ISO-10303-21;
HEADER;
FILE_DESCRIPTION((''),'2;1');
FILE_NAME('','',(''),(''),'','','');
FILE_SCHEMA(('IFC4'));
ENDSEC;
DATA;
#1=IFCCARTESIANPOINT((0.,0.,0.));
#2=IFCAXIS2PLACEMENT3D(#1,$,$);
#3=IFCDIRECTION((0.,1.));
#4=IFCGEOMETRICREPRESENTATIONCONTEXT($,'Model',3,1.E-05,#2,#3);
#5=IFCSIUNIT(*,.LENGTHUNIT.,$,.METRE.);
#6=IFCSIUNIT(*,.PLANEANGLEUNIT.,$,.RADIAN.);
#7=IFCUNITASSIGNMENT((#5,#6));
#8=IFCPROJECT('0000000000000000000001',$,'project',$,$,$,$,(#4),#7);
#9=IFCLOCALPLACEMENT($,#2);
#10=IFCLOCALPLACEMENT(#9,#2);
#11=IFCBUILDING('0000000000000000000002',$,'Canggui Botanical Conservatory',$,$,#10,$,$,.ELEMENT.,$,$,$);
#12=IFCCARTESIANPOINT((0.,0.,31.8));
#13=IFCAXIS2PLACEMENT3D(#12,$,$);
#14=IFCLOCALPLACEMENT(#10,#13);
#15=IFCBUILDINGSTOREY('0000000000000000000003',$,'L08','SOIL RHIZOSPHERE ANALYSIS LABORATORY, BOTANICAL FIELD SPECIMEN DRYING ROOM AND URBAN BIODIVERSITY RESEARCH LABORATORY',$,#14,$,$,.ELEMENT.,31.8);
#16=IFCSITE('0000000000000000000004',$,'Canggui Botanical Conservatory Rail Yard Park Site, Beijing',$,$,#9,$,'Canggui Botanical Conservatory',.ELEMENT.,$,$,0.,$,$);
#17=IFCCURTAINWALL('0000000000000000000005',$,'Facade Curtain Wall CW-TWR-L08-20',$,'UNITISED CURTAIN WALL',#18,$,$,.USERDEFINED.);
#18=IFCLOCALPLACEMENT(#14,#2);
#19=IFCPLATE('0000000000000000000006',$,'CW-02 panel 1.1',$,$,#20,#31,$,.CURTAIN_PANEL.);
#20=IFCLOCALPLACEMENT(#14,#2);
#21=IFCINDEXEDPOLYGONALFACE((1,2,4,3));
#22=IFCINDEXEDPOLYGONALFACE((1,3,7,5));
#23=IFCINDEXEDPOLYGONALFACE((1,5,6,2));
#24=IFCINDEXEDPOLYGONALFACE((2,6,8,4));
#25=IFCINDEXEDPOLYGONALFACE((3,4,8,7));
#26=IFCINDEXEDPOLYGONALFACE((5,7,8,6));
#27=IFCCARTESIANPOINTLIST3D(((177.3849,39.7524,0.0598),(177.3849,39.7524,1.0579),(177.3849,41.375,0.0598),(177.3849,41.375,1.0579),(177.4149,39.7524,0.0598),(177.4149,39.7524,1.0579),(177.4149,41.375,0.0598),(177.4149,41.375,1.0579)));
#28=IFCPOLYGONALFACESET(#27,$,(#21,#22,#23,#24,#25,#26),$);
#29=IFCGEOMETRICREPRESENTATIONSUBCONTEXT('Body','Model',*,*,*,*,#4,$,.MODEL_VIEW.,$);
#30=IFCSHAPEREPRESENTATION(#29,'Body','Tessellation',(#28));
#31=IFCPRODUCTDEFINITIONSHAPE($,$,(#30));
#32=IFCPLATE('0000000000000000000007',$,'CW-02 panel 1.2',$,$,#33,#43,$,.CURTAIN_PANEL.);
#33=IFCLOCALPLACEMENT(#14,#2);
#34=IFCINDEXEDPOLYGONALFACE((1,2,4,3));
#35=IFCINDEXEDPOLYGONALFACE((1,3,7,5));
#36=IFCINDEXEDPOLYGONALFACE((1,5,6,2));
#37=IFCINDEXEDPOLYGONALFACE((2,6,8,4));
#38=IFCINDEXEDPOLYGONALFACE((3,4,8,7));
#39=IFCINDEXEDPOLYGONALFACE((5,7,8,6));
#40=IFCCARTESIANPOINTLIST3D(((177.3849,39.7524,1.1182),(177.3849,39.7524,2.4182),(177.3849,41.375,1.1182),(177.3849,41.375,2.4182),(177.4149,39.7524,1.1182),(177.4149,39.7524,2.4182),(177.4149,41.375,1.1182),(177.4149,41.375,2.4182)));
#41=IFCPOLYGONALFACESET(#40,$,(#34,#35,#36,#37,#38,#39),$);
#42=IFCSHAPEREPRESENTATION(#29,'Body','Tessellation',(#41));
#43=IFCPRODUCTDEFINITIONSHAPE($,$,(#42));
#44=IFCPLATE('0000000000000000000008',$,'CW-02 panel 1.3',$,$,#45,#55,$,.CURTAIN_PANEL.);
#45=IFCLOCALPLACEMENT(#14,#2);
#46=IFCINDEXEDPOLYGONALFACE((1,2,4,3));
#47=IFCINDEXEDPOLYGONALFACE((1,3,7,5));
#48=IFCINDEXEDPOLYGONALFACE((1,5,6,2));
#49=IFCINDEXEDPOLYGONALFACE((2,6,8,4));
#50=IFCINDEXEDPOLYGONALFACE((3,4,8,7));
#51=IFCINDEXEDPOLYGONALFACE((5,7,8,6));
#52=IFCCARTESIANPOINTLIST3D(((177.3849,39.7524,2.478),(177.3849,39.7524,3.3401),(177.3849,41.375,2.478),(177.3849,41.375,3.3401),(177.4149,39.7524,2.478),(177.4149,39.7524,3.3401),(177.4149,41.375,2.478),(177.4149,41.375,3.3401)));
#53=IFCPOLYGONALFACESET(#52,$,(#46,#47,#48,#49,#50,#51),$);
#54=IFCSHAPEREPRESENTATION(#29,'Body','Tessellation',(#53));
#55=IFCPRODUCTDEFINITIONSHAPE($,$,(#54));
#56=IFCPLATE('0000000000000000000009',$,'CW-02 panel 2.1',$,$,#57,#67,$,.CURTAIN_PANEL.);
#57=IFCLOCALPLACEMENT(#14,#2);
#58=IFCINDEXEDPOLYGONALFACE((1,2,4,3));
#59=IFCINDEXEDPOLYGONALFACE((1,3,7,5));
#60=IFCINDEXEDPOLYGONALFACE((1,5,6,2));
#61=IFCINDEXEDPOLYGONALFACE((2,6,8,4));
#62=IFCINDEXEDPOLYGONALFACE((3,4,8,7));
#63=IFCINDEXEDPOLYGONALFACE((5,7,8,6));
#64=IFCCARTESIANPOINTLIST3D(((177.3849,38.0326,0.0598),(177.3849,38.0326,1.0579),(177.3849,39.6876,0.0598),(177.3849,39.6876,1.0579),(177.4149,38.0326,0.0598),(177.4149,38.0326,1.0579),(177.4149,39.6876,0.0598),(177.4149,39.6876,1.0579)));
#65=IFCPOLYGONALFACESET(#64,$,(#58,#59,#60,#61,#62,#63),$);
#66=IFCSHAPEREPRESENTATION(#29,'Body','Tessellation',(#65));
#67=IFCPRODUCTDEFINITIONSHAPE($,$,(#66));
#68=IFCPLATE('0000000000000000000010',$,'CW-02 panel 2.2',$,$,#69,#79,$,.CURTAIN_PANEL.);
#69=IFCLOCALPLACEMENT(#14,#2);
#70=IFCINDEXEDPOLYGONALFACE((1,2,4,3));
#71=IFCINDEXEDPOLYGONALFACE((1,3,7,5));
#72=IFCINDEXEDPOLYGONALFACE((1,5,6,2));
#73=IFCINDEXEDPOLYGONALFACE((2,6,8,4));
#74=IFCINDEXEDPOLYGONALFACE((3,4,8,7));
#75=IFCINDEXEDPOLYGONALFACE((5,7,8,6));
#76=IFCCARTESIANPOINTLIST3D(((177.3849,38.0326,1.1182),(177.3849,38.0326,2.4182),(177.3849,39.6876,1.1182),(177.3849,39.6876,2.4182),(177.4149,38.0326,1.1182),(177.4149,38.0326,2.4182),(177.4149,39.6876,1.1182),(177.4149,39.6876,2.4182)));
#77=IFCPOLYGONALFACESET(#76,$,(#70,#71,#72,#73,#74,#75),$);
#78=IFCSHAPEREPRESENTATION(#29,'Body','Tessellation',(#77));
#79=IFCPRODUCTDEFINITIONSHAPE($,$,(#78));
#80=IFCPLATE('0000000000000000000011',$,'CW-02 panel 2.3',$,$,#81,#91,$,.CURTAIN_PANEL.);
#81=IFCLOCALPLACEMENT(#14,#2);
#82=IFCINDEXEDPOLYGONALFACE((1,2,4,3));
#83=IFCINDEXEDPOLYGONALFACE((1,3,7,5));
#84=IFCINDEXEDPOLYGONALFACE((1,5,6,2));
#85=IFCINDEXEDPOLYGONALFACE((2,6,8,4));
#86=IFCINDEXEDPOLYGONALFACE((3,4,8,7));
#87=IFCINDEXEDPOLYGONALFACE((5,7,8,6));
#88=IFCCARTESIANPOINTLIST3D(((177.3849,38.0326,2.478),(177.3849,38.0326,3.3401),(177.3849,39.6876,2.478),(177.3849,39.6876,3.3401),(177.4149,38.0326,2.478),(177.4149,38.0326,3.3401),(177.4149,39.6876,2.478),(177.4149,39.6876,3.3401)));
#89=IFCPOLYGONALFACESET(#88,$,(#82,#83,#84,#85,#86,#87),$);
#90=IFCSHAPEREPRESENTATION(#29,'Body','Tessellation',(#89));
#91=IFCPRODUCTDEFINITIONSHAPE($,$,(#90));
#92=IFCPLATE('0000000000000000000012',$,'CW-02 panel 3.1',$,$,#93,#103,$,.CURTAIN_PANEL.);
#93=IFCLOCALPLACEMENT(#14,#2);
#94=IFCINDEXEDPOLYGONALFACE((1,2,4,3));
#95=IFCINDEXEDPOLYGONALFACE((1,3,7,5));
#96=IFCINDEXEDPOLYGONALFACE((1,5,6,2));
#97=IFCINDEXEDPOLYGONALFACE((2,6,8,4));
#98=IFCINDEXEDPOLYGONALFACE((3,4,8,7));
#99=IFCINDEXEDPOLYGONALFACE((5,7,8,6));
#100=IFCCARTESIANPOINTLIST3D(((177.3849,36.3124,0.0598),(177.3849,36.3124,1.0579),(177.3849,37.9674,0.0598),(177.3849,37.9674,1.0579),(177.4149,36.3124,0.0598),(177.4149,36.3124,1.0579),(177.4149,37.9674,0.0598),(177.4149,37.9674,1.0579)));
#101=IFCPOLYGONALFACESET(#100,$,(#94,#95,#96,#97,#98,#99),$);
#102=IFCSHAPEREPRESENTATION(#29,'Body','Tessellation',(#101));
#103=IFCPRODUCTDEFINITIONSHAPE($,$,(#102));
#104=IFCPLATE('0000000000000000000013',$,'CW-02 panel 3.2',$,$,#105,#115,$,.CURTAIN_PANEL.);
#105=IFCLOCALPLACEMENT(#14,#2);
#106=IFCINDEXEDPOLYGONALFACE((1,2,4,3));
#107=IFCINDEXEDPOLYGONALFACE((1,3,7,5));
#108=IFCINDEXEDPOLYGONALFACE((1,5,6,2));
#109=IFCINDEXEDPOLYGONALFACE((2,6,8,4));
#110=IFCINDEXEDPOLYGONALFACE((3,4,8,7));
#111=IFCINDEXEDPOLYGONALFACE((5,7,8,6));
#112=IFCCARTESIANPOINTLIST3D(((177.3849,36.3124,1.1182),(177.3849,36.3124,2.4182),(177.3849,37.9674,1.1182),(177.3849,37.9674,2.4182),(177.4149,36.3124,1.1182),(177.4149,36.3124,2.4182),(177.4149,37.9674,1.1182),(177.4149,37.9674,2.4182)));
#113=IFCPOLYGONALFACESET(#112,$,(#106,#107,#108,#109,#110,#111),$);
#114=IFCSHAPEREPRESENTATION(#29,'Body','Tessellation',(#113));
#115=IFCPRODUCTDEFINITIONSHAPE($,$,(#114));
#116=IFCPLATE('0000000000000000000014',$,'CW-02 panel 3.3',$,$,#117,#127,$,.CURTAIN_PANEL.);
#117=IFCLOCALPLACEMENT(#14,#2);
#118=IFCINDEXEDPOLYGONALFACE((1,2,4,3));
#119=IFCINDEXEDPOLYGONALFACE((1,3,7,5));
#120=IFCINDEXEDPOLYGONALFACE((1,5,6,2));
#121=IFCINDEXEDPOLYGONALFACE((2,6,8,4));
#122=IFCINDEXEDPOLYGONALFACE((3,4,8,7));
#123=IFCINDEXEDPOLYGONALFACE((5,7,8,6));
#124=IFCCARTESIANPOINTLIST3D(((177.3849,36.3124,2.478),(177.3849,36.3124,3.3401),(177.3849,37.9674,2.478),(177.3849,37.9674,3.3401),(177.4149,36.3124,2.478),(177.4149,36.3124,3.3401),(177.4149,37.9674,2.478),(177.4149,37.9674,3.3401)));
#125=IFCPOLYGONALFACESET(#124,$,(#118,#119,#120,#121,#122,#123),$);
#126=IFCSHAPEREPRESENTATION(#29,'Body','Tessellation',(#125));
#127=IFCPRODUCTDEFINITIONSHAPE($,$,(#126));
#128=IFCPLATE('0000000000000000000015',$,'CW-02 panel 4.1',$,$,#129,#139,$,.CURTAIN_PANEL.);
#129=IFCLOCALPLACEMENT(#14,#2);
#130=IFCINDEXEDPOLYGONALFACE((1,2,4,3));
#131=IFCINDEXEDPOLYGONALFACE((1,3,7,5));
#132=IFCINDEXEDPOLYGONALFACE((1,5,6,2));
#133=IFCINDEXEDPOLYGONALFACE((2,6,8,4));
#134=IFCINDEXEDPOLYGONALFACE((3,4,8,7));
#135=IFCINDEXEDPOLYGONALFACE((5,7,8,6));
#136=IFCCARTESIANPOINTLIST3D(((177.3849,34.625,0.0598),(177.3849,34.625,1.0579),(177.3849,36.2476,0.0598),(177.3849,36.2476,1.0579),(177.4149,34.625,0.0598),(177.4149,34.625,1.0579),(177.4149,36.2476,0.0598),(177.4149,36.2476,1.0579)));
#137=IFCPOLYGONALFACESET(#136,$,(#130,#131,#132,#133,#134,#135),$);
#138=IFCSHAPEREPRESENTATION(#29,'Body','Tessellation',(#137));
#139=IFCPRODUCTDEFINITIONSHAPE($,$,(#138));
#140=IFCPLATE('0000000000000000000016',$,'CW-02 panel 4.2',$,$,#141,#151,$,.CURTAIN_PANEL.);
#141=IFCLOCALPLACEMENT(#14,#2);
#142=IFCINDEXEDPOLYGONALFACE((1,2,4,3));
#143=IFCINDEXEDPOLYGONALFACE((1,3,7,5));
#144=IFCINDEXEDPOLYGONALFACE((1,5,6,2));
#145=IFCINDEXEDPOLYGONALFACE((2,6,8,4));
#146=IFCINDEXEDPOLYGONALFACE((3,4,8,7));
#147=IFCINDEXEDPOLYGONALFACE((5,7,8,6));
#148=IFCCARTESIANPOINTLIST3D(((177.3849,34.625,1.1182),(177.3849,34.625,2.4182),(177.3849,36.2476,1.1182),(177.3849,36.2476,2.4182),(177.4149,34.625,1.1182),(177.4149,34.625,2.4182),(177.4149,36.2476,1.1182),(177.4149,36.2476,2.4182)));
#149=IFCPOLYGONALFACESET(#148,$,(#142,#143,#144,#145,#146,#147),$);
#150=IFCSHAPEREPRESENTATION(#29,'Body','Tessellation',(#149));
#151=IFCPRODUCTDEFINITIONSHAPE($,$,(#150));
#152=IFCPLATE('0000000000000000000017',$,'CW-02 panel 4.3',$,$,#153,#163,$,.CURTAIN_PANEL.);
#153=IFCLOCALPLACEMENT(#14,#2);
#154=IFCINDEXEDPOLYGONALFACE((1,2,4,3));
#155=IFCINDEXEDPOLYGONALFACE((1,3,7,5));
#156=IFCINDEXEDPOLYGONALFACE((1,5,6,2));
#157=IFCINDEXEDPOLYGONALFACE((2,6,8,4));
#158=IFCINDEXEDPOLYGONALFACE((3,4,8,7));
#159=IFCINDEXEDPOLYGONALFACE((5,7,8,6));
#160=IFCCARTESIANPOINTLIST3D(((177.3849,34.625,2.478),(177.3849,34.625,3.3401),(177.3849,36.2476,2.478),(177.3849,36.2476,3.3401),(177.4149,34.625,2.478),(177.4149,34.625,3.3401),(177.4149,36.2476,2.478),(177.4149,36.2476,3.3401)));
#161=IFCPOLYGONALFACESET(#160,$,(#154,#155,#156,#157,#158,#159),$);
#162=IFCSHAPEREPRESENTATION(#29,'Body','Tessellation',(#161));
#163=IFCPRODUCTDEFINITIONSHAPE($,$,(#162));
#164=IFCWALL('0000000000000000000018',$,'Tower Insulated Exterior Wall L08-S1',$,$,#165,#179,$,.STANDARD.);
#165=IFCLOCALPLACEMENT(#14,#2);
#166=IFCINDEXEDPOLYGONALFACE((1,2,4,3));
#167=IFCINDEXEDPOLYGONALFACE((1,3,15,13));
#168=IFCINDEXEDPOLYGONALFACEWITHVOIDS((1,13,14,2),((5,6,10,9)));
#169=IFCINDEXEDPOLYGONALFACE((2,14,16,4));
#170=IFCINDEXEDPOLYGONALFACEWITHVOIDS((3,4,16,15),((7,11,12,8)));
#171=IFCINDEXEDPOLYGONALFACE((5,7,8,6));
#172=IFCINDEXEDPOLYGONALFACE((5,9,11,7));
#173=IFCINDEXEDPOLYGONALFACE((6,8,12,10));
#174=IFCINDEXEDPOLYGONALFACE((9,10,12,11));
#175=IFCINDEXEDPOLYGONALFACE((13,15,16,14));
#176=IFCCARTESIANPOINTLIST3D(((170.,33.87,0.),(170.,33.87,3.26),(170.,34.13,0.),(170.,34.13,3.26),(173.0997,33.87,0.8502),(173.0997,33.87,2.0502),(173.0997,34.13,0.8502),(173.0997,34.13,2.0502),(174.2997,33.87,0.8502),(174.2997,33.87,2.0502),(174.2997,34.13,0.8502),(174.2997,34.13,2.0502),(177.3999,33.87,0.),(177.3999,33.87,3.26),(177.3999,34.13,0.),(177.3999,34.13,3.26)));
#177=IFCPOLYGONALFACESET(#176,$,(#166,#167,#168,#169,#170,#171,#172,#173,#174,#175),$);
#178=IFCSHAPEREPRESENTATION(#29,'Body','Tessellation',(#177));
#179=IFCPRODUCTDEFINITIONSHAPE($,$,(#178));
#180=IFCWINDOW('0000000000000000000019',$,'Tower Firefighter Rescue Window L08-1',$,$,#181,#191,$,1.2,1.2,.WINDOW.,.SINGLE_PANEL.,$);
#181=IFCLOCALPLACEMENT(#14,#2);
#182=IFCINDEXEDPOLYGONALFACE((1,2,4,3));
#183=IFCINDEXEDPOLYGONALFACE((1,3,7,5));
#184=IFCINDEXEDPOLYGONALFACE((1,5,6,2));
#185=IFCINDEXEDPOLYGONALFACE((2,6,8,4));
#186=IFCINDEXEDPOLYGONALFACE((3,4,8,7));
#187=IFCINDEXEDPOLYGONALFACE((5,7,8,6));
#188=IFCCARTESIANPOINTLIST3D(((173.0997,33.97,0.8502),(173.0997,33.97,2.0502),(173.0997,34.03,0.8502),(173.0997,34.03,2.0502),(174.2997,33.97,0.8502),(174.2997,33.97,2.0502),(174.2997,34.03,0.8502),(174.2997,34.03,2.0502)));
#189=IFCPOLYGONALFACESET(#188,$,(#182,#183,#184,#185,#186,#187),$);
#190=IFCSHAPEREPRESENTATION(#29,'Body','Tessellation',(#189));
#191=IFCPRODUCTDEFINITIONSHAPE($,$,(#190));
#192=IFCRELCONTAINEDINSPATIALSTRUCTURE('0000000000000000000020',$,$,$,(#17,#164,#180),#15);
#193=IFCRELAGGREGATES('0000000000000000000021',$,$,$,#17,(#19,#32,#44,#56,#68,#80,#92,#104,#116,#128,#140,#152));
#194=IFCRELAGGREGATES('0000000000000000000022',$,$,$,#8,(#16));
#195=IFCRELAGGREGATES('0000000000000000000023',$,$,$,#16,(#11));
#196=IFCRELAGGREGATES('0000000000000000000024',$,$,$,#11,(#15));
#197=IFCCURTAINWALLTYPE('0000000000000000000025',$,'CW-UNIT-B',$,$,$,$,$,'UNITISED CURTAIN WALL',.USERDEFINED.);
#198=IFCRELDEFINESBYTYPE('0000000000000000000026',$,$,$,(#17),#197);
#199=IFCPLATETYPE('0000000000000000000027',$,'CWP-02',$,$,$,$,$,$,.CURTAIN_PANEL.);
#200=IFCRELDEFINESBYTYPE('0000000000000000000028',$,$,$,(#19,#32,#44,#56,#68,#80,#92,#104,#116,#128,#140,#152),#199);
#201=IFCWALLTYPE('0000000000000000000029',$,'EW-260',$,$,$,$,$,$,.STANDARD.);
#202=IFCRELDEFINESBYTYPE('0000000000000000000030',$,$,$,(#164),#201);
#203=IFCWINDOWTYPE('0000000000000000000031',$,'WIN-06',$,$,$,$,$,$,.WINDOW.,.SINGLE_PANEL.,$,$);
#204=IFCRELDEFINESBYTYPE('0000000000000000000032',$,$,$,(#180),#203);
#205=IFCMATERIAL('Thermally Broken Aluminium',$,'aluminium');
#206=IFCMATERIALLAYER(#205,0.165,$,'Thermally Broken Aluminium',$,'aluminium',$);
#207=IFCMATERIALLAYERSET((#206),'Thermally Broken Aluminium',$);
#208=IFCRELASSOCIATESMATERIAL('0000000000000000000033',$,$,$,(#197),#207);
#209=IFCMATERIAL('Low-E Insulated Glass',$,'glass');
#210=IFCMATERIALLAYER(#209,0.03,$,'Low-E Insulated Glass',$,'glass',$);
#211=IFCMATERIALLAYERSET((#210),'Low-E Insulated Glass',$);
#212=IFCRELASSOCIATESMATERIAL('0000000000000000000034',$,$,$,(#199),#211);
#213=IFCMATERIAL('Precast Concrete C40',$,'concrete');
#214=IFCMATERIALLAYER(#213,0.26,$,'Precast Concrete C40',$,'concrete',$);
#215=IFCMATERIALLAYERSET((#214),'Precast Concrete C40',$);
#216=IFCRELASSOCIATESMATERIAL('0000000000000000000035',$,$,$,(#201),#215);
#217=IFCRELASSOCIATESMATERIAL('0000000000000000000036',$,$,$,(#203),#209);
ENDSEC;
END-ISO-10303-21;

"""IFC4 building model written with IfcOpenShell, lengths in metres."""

from ifc_helpers import new_model, si_unit, direction, frame, frame_2d, origin, origin_2d, place, context, subcontext, project, spatial, rectangle, extrude, material, layer, layer_set, type_object, element, fill, aggregate, save


model = new_model("IFC4")

# Units and contexts
model_context = context("Model", 3, precision=1e-05, world=origin(), true_north=direction((0.0, 1.0)))
body_context = subcontext(model_context, "Body", "Model", "MODEL_VIEW")
ifc_project = project(units=[si_unit("LENGTHUNIT", "METRE"), si_unit("PLANEANGLEUNIT", "RADIAN")], contexts=[model_context])

# Site, building, storey
site_placement = place(None, origin())
site = spatial("IfcSite", under=ifc_project, at=site_placement, Name="Canggui Botanical Conservatory Rail Yard Park Site, Beijing", LongName="Canggui Botanical Conservatory", CompositionType="ELEMENT", RefElevation=0.0)
building_placement = place(site_placement, origin())
building = spatial("IfcBuilding", under=site, at=building_placement, Name="Canggui Botanical Conservatory", CompositionType="ELEMENT")
storey_placement = place(building_placement, frame((0.0, 0.0, 31.8)))
storey = spatial("IfcBuildingStorey", under=building, at=storey_placement, Name="L08", Description="SOIL RHIZOSPHERE ANALYSIS LABORATORY, BOTANICAL FIELD SPECIMEN DRYING ROOM AND URBAN BIODIVERSITY RESEARCH LABORATORY", CompositionType="ELEMENT", Elevation=31.8)

# Curtain wall, plates
ifc_material_1 = material(Name="Thermally Broken Aluminium", Category="aluminium")
ifc_layer_1 = layer(ifc_material_1, 0.165, Name="Thermally Broken Aluminium", Category="aluminium")
ifc_layer_set_1 = layer_set([ifc_layer_1], Name="Thermally Broken Aluminium")
curtain_wall_type = type_object("IfcCurtainWallType", Name="CW-UNIT-B", ElementType="UNITISED CURTAIN WALL", PredefinedType="USERDEFINED", material=ifc_layer_set_1)
curtain_wall_placement = place(storey_placement, origin())
curtain_wall = element("IfcCurtainWall", 1, at=curtain_wall_placement, inside=storey, type_object=curtain_wall_type, Name="Facade Curtain Wall CW-TWR-L08-20", ObjectType="UNITISED CURTAIN WALL", PredefinedType="USERDEFINED")
ifc_material_2 = material(Name="Low-E Insulated Glass", Category="glass")
ifc_layer_2 = layer(ifc_material_2, 0.03, Name="Low-E Insulated Glass", Category="glass")
ifc_layer_set_2 = layer_set([ifc_layer_2], Name="Low-E Insulated Glass")
plate_type = type_object("IfcPlateType", Name="CWP-02", PredefinedType="CURTAIN_PANEL", material=ifc_layer_set_2)
plate_1_placement = place(storey_placement, frame((177.3999, 40.5637, 0.0598), z_axis=(0.0, 0.0, 1.0), x_axis=(0.0, -1.0, 0.0)))
plate_1 = element("IfcPlate", 2, at=plate_1_placement, type_object=plate_type, Name="CW-02 panel 1.1", PredefinedType="CURTAIN_PANEL", context=body_context, shape_type="SweptSolid", body=[
    extrude(rectangle(XDim=1.6226, YDim=0.03, at=origin_2d()), origin(), (0.0, 0.0, 1.0), 0.998),
])
plate_2_placement = place(storey_placement, frame((177.3999, 40.5637, 1.1182), z_axis=(0.0, 0.0, 1.0), x_axis=(0.0, -1.0, 0.0)))
plate_2 = element("IfcPlate", 3, at=plate_2_placement, type_object=plate_type, Name="CW-02 panel 1.2", PredefinedType="CURTAIN_PANEL", context=body_context, shape_type="SweptSolid", body=[
    extrude(rectangle(XDim=1.6226, YDim=0.03, at=origin_2d()), origin(), (0.0, 0.0, 1.0), 1.3),
])
plate_3_placement = place(storey_placement, frame((177.3999, 40.5637, 2.478), z_axis=(0.0, 0.0, 1.0), x_axis=(0.0, -1.0, 0.0)))
plate_3 = element("IfcPlate", 4, at=plate_3_placement, type_object=plate_type, Name="CW-02 panel 1.3", PredefinedType="CURTAIN_PANEL", context=body_context, shape_type="SweptSolid", body=[
    extrude(rectangle(XDim=1.6226, YDim=0.03, at=origin_2d()), origin(), (0.0, 0.0, 1.0), 0.8621),
])
plate_4_placement = place(storey_placement, frame((177.3999, 38.8601, 0.0598), z_axis=(0.0, 0.0, 1.0), x_axis=(0.0, -1.0, 0.0)))
plate_4 = element("IfcPlate", 5, at=plate_4_placement, type_object=plate_type, Name="CW-02 panel 2.1", PredefinedType="CURTAIN_PANEL", context=body_context, shape_type="SweptSolid", body=[
    extrude(rectangle(XDim=1.655, YDim=0.03, at=origin_2d()), origin(), (0.0, 0.0, 1.0), 0.998),
])
plate_5_placement = place(storey_placement, frame((177.3999, 38.8601, 1.1182), z_axis=(0.0, 0.0, 1.0), x_axis=(0.0, -1.0, 0.0)))
plate_5 = element("IfcPlate", 6, at=plate_5_placement, type_object=plate_type, Name="CW-02 panel 2.2", PredefinedType="CURTAIN_PANEL", context=body_context, shape_type="SweptSolid", body=[
    extrude(rectangle(XDim=1.655, YDim=0.03, at=origin_2d()), origin(), (0.0, 0.0, 1.0), 1.3),
])
plate_6_placement = place(storey_placement, frame((177.3999, 38.8601, 2.478), z_axis=(0.0, 0.0, 1.0), x_axis=(0.0, -1.0, 0.0)))
plate_6 = element("IfcPlate", 7, at=plate_6_placement, type_object=plate_type, Name="CW-02 panel 2.3", PredefinedType="CURTAIN_PANEL", context=body_context, shape_type="SweptSolid", body=[
    extrude(rectangle(XDim=1.655, YDim=0.03, at=origin_2d()), origin(), (0.0, 0.0, 1.0), 0.8621),
])
plate_7_placement = place(storey_placement, frame((177.3999, 37.1399, 0.0598), z_axis=(0.0, 0.0, 1.0), x_axis=(0.0, -1.0, 0.0)))
plate_7 = element("IfcPlate", 8, at=plate_7_placement, type_object=plate_type, Name="CW-02 panel 3.1", PredefinedType="CURTAIN_PANEL", context=body_context, shape_type="SweptSolid", body=[
    extrude(rectangle(XDim=1.655, YDim=0.03, at=origin_2d()), origin(), (0.0, 0.0, 1.0), 0.998),
])
plate_8_placement = place(storey_placement, frame((177.3999, 37.1399, 1.1182), z_axis=(0.0, 0.0, 1.0), x_axis=(0.0, -1.0, 0.0)))
plate_8 = element("IfcPlate", 9, at=plate_8_placement, type_object=plate_type, Name="CW-02 panel 3.2", PredefinedType="CURTAIN_PANEL", context=body_context, shape_type="SweptSolid", body=[
    extrude(rectangle(XDim=1.655, YDim=0.03, at=origin_2d()), origin(), (0.0, 0.0, 1.0), 1.3),
])
plate_9_placement = place(storey_placement, frame((177.3999, 37.1399, 2.478), z_axis=(0.0, 0.0, 1.0), x_axis=(0.0, -1.0, 0.0)))
plate_9 = element("IfcPlate", 10, at=plate_9_placement, type_object=plate_type, Name="CW-02 panel 3.3", PredefinedType="CURTAIN_PANEL", context=body_context, shape_type="SweptSolid", body=[
    extrude(rectangle(XDim=1.655, YDim=0.03, at=origin_2d()), origin(), (0.0, 0.0, 1.0), 0.8621),
])
plate_10_placement = place(storey_placement, frame((177.3999, 35.4363, 0.0598), z_axis=(0.0, 0.0, 1.0), x_axis=(0.0, -1.0, 0.0)))
plate_10 = element("IfcPlate", 11, at=plate_10_placement, type_object=plate_type, Name="CW-02 panel 4.1", PredefinedType="CURTAIN_PANEL", context=body_context, shape_type="SweptSolid", body=[
    extrude(rectangle(XDim=1.6226, YDim=0.03, at=origin_2d()), origin(), (0.0, 0.0, 1.0), 0.998),
])
plate_11_placement = place(storey_placement, frame((177.3999, 35.4363, 1.1182), z_axis=(0.0, 0.0, 1.0), x_axis=(0.0, -1.0, 0.0)))
plate_11 = element("IfcPlate", 12, at=plate_11_placement, type_object=plate_type, Name="CW-02 panel 4.2", PredefinedType="CURTAIN_PANEL", context=body_context, shape_type="SweptSolid", body=[
    extrude(rectangle(XDim=1.6226, YDim=0.03, at=origin_2d()), origin(), (0.0, 0.0, 1.0), 1.3),
])
plate_12_placement = place(storey_placement, frame((177.3999, 35.4363, 2.478), z_axis=(0.0, 0.0, 1.0), x_axis=(0.0, -1.0, 0.0)))
plate_12 = element("IfcPlate", 13, at=plate_12_placement, type_object=plate_type, Name="CW-02 panel 4.3", PredefinedType="CURTAIN_PANEL", context=body_context, shape_type="SweptSolid", body=[
    extrude(rectangle(XDim=1.6226, YDim=0.03, at=origin_2d()), origin(), (0.0, 0.0, 1.0), 0.8621),
])
aggregate(curtain_wall, [plate_1, plate_2, plate_3, plate_4, plate_5, plate_6, plate_7, plate_8, plate_9, plate_10, plate_11, plate_12])

# Wall, opening, window
ifc_material_3 = material(Name="Precast Concrete C40", Category="concrete")
ifc_layer_3 = layer(ifc_material_3, 0.26, Name="Precast Concrete C40", Category="concrete")
ifc_layer_set_3 = layer_set([ifc_layer_3], Name="Precast Concrete C40")
wall_type = type_object("IfcWallType", Name="EW-260", PredefinedType="STANDARD", material=ifc_layer_set_3)
wall_placement = place(storey_placement, frame((177.3999, 34.0, 0.0), z_axis=(0.0, 0.0, 1.0), x_axis=(-1.0, 0.0, 0.0)))
wall = element("IfcWall", 14, at=wall_placement, inside=storey, type_object=wall_type, Name="Tower Insulated Exterior Wall L08-S1", PredefinedType="STANDARD", context=body_context, shape_type="SweptSolid", body=[
    extrude(rectangle(XDim=7.3999, YDim=0.26, at=frame_2d((3.7, 0.0))), origin(), (0.0, 0.0, 1.0), 3.26),
])
opening_placement = place(wall_placement, frame((3.1001, 0.0, 0.8501)))
opening = element("IfcOpeningElement", 15, at=opening_placement, cuts=wall, PredefinedType="OPENING", context=body_context, shape_type="SweptSolid", body=[
    extrude(rectangle(XDim=1.2, YDim=1.2, at=frame_2d((0.6001, 0.6001))), frame((0.0, 0.1401, 0.0), z_axis=(0.0, -1.0, 0.0), x_axis=(1.0, 0.0, 0.0)), (0.0, 0.0, 1.0), 0.28),
])
window_type = type_object("IfcWindowType", Name="WIN-06", PartitioningType="SINGLE_PANEL", PredefinedType="WINDOW", material=ifc_material_2)
window_placement = place(opening_placement, origin())
window = element("IfcWindow", 16, at=window_placement, inside=storey, type_object=window_type, Name="Tower Firefighter Rescue Window L08-1", OverallHeight=1.2, OverallWidth=1.2, PartitioningType="SINGLE_PANEL", PredefinedType="WINDOW", context=body_context, shape_type="SweptSolid", body=[
    extrude(rectangle(XDim=1.2, YDim=1.2, at=frame_2d((0.6001, 0.6001))), frame((0.0, 0.03, 0.0), z_axis=(0.0, -1.0, 0.0), x_axis=(1.0, 0.0, 0.0)), (0.0, 0.0, 1.0), 0.0601),
])
fill(opening, window)

save(model, "model.ifc")
